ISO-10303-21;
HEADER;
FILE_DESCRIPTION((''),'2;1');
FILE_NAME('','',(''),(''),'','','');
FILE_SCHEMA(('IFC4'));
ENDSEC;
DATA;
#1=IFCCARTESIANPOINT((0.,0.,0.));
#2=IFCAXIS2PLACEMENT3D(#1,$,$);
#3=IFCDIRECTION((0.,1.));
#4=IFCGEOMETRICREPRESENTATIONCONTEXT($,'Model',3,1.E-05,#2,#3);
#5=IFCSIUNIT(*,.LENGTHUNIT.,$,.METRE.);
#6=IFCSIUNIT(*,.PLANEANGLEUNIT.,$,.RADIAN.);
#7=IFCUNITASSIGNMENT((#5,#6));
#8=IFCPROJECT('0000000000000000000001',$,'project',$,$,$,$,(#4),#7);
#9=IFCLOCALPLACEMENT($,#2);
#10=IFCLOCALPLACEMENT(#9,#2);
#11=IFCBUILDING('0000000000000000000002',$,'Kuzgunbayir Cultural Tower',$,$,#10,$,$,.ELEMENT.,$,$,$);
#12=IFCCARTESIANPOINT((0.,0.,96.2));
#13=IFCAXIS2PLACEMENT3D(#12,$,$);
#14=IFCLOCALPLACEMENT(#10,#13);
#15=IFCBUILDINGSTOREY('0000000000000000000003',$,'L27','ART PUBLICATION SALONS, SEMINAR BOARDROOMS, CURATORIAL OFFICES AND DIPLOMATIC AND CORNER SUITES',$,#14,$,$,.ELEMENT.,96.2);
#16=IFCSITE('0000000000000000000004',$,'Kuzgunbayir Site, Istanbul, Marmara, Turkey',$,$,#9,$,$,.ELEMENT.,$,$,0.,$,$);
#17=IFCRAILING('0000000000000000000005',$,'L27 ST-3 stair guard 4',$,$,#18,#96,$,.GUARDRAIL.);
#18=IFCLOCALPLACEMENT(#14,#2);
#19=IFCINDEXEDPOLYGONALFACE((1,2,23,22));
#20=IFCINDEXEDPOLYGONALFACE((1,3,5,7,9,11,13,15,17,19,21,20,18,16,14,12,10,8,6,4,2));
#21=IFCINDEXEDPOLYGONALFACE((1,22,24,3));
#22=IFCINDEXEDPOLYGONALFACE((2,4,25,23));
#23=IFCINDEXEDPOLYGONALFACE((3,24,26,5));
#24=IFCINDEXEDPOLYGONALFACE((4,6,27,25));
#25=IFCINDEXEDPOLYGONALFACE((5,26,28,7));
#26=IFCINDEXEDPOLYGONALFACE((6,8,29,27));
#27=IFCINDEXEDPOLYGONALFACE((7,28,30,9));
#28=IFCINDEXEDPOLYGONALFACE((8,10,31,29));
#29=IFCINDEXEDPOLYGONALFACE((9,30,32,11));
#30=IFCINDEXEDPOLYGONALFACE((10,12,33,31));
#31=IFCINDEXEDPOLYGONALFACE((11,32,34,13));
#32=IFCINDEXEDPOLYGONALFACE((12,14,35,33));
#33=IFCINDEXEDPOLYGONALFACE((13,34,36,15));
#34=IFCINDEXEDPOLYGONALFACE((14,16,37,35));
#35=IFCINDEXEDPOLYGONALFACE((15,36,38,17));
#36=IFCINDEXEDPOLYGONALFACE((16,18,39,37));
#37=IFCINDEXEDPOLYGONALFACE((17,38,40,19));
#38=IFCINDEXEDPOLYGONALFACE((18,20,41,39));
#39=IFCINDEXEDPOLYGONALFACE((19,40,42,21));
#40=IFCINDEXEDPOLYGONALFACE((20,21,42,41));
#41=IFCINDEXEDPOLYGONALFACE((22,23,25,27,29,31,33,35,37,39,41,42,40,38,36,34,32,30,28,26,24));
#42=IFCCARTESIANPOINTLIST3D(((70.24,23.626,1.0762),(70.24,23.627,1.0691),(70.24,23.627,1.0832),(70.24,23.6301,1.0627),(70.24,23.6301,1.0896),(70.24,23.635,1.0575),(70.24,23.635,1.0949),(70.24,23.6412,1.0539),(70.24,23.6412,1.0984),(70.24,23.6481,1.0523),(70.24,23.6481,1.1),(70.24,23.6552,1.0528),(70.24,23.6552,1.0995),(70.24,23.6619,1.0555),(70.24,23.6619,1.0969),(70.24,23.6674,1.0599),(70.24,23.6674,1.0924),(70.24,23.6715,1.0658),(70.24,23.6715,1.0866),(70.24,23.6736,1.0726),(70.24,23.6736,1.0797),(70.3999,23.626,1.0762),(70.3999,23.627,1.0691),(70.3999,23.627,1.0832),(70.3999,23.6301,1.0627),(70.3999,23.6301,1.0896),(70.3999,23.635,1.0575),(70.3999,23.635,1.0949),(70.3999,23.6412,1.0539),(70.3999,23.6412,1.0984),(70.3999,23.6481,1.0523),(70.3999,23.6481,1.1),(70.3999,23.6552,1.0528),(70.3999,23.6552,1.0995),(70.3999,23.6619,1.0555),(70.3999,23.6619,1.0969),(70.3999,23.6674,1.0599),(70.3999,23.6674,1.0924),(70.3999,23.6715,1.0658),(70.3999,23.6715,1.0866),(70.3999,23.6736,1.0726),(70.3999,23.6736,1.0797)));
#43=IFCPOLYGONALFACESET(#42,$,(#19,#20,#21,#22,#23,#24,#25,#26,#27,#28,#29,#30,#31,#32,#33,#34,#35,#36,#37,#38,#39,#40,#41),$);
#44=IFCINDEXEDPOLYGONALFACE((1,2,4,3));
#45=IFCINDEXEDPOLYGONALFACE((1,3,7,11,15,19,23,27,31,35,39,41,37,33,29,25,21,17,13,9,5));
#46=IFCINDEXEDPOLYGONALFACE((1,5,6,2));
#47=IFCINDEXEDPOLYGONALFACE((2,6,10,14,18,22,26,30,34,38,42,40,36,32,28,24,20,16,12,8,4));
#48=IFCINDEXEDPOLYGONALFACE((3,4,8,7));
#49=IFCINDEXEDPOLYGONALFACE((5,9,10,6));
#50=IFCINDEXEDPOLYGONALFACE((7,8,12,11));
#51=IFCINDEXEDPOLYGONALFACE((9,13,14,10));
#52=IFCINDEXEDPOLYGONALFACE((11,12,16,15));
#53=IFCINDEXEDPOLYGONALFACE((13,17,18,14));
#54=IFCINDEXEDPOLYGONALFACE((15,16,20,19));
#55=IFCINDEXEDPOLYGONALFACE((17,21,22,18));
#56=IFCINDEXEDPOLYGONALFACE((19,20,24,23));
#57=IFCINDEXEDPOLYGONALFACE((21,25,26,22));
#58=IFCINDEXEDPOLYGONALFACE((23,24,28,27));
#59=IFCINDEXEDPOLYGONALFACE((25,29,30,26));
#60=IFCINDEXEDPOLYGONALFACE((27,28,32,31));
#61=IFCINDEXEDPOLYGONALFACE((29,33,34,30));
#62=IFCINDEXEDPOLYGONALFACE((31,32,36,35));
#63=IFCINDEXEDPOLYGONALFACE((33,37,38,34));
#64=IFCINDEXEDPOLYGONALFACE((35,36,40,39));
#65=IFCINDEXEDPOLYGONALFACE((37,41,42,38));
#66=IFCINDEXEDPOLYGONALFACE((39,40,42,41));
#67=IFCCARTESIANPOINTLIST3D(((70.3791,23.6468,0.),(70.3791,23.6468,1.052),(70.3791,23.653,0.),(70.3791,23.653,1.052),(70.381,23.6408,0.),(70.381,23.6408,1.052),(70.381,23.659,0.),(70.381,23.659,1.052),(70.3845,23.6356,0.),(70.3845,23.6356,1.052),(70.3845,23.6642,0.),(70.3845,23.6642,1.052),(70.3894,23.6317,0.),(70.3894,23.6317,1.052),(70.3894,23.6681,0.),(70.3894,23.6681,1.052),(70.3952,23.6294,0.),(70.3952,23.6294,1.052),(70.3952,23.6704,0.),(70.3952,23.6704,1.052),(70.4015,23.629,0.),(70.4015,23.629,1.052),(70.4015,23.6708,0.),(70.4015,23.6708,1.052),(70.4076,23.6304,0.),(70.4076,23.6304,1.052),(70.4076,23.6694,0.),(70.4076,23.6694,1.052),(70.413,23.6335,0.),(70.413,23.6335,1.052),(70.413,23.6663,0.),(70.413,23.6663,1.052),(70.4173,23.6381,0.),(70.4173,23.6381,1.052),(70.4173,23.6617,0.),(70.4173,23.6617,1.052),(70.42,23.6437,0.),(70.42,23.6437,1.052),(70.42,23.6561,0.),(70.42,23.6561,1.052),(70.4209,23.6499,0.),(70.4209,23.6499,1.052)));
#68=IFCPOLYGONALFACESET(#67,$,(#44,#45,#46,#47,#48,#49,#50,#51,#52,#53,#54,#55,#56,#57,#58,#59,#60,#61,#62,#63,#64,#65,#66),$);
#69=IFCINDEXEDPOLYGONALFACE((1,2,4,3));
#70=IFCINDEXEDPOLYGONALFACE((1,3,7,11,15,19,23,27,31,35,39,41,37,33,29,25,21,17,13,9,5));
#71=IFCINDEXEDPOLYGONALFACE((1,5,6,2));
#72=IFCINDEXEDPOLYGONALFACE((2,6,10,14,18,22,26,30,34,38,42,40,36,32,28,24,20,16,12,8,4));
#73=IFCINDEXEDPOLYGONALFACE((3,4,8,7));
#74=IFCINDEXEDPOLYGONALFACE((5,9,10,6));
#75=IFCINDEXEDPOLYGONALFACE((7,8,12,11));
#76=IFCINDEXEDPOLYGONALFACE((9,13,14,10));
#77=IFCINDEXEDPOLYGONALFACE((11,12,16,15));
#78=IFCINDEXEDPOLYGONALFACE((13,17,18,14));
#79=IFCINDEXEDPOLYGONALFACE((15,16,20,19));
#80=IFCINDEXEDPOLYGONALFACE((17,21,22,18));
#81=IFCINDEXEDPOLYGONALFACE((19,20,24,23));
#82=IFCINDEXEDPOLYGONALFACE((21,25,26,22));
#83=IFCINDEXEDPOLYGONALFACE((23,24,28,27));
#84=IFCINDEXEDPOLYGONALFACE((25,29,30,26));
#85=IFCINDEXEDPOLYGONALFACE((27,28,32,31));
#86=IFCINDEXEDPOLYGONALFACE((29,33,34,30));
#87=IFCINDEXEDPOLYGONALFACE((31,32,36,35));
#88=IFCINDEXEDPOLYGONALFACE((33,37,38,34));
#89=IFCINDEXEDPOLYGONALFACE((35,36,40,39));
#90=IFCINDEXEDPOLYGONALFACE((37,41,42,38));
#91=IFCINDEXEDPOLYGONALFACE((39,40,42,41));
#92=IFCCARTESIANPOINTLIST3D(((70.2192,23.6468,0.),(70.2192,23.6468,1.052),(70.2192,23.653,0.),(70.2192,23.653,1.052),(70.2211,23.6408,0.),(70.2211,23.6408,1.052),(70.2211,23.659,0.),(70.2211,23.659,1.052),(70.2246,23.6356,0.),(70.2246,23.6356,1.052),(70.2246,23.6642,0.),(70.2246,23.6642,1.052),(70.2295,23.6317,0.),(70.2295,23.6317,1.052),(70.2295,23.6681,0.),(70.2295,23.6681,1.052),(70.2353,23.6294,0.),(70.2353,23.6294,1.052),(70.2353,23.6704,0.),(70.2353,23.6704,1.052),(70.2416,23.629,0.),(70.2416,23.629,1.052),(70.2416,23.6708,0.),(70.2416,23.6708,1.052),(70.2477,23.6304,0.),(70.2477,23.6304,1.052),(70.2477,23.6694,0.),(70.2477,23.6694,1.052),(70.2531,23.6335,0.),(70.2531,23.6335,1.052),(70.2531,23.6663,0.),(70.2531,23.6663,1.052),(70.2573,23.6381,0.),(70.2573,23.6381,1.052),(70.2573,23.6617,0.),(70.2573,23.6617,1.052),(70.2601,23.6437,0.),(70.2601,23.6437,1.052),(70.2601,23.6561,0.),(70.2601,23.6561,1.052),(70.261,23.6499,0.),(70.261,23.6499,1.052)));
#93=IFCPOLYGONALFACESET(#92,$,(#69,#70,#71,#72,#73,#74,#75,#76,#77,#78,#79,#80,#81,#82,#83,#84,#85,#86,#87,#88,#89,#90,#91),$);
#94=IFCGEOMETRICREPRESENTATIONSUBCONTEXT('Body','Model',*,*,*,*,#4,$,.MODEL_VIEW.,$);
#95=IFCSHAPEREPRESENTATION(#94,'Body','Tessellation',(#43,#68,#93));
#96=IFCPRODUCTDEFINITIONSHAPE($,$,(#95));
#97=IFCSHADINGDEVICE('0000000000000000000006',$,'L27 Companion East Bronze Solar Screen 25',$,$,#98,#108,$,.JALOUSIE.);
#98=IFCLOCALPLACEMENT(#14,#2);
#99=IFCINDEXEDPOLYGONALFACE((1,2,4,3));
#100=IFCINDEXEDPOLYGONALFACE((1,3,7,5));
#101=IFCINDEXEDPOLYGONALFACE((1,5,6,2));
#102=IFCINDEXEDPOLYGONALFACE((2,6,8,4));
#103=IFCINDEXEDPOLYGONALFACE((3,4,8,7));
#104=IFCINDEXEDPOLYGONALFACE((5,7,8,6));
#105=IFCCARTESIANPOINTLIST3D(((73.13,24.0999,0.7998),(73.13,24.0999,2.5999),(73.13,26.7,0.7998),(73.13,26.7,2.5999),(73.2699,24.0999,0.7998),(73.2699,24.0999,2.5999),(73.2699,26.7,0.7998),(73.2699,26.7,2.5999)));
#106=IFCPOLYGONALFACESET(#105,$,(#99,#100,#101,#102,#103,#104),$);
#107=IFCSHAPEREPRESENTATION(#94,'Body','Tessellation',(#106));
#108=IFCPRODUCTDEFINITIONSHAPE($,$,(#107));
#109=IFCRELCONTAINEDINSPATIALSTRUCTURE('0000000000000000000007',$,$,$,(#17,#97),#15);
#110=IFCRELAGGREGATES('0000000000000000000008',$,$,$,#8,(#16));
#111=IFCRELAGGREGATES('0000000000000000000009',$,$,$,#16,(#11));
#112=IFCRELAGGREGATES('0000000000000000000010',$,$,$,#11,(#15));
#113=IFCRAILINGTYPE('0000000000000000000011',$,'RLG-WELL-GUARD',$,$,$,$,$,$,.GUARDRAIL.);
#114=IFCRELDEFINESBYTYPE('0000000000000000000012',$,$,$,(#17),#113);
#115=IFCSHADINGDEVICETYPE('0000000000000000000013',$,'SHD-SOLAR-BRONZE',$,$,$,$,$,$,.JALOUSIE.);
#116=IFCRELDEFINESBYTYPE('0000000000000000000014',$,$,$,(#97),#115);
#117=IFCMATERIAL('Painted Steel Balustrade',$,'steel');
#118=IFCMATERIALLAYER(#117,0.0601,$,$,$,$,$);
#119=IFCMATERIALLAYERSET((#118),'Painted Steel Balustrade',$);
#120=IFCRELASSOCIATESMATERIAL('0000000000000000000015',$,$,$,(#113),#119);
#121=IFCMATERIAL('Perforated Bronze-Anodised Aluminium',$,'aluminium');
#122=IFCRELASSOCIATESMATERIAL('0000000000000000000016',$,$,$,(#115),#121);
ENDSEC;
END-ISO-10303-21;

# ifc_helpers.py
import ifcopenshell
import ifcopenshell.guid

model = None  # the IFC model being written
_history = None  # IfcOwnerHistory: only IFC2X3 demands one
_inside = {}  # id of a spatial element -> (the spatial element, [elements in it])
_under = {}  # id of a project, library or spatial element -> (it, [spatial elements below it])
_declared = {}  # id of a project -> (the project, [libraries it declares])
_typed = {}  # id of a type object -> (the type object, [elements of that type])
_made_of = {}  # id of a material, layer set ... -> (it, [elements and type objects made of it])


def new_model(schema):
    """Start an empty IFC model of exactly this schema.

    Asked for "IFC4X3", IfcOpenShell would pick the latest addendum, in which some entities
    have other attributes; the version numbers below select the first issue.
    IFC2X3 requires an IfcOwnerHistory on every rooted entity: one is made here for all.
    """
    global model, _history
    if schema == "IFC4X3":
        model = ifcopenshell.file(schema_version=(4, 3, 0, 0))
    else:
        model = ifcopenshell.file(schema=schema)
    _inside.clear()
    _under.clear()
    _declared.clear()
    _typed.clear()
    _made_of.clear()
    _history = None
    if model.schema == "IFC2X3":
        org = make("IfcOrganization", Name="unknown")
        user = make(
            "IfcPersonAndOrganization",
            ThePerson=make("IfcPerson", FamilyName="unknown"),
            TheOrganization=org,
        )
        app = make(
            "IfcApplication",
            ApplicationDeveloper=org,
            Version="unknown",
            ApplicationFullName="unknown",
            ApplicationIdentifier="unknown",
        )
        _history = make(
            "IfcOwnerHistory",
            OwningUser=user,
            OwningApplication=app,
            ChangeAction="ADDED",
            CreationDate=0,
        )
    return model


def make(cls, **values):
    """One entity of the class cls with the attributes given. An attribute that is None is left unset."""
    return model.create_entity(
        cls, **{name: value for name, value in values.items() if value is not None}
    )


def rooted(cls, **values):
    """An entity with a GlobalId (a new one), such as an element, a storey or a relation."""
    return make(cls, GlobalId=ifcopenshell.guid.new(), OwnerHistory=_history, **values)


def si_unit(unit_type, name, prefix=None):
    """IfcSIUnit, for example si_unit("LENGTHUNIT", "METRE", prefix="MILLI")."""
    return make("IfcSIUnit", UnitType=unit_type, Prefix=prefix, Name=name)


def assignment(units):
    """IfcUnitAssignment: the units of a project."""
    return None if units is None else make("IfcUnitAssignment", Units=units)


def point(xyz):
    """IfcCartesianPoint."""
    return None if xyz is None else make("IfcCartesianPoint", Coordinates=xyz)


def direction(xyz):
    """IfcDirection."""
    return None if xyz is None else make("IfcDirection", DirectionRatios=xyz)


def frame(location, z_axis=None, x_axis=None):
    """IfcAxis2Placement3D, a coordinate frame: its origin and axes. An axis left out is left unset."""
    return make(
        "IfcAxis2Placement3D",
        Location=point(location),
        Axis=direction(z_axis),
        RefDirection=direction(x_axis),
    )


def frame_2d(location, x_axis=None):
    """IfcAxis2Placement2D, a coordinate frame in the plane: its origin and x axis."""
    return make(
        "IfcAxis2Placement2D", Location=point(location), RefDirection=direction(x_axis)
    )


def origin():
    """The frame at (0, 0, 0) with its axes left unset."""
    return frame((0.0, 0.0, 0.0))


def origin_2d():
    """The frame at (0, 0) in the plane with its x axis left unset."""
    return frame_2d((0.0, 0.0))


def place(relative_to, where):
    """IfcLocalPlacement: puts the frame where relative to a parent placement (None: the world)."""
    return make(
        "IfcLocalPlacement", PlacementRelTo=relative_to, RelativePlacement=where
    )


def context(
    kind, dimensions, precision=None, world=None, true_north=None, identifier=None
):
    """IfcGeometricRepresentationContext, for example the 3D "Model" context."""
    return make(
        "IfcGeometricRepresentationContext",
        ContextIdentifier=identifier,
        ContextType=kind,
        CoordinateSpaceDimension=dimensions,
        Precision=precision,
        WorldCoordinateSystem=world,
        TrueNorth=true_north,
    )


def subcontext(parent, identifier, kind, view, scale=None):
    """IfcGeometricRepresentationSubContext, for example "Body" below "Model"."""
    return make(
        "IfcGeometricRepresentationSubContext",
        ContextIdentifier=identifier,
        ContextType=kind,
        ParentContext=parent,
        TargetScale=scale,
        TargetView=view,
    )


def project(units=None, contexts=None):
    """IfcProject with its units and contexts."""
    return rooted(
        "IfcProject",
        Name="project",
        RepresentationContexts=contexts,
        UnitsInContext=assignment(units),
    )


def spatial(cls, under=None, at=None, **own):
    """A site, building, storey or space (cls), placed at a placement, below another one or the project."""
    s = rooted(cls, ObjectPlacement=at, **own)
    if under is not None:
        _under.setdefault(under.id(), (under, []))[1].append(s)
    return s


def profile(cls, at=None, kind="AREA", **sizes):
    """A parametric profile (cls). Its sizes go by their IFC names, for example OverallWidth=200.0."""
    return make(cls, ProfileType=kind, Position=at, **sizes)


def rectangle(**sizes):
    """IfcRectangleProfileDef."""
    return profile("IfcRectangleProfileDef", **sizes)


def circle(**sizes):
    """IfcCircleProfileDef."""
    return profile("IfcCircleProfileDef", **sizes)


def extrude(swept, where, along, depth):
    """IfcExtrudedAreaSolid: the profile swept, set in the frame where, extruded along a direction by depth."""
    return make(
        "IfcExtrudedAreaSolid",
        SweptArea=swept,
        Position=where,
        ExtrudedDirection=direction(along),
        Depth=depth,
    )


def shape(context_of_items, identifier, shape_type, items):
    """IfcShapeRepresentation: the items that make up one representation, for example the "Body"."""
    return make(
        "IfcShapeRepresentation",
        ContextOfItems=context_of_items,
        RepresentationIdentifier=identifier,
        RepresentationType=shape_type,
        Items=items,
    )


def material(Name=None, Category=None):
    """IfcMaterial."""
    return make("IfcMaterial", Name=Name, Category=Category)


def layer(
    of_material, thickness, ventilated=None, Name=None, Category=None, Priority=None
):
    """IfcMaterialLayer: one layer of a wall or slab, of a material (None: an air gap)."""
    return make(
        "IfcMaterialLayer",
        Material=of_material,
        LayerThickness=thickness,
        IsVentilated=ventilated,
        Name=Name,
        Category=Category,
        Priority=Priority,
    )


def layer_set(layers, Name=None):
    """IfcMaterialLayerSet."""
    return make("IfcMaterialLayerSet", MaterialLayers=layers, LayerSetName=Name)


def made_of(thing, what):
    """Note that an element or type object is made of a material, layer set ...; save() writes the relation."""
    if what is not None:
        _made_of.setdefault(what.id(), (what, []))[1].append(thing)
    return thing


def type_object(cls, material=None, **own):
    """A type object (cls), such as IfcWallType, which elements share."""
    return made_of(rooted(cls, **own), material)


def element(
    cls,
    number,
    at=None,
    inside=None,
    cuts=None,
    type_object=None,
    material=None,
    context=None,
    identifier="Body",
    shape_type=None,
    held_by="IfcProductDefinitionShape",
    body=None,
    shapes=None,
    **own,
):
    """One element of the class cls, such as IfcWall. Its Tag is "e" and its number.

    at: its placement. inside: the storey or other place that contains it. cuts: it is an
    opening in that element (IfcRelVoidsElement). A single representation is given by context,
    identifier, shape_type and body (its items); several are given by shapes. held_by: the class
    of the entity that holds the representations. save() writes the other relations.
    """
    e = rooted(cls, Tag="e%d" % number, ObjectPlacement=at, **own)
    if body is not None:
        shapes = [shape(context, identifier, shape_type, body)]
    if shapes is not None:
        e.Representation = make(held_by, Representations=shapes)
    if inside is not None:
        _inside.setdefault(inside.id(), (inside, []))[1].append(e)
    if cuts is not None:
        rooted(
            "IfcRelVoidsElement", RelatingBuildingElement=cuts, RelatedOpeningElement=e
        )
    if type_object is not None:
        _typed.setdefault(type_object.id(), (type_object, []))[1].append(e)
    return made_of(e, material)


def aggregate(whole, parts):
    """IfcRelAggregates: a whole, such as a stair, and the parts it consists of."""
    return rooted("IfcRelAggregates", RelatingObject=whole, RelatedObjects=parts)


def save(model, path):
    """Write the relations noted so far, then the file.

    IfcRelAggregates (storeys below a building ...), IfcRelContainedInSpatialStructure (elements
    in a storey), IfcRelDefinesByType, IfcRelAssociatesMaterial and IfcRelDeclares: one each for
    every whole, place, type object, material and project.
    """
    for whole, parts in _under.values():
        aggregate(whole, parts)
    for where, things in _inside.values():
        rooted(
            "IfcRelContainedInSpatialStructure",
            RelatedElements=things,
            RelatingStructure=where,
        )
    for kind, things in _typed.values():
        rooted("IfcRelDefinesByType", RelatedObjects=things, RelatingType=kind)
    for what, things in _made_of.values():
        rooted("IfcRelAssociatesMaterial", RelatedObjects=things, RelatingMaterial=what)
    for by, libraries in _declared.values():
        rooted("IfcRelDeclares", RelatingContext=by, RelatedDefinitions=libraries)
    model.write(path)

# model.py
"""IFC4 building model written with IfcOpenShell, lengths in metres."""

from ifc_helpers import new_model, si_unit, direction, frame, origin, origin_2d, place, context, subcontext, project, spatial, rectangle, circle, extrude, material, layer, layer_set, type_object, element, save


model = new_model("IFC4")

# Units and contexts
model_context = context("Model", 3, precision=1e-05, world=origin(), true_north=direction((0.0, 1.0)))
body_context = subcontext(model_context, "Body", "Model", "MODEL_VIEW")
ifc_project = project(units=[si_unit("LENGTHUNIT", "METRE"), si_unit("PLANEANGLEUNIT", "RADIAN")], contexts=[model_context])

# Site, building, storey
site_placement = place(None, origin())
site = spatial("IfcSite", under=ifc_project, at=site_placement, Name="Kuzgunbayir Site, Istanbul, Marmara, Turkey", CompositionType="ELEMENT", RefElevation=0.0)
building_placement = place(site_placement, origin())
building = spatial("IfcBuilding", under=site, at=building_placement, Name="Kuzgunbayir Cultural Tower", CompositionType="ELEMENT")
storey_placement = place(building_placement, frame((0.0, 0.0, 96.2)))
storey = spatial("IfcBuildingStorey", under=building, at=storey_placement, Name="L27", Description="ART PUBLICATION SALONS, SEMINAR BOARDROOMS, CURATORIAL OFFICES AND DIPLOMATIC AND CORNER SUITES", CompositionType="ELEMENT", Elevation=96.2)

# Railing
ifc_material_1 = material(Name="Painted Steel Balustrade", Category="steel")
ifc_layer_1 = layer(ifc_material_1, 0.0601)
ifc_layer_set_1 = layer_set([ifc_layer_1], Name="Painted Steel Balustrade")
railing_type_1 = type_object("IfcRailingType", Name="RLG-WELL-GUARD", PredefinedType="GUARDRAIL", material=ifc_layer_set_1)
railing_1_placement = place(storey_placement, frame((70.3999, 23.6499, 0.0)))
element("IfcRailing", 1, at=railing_1_placement, inside=storey, type_object=railing_type_1, Name="L27 ST-3 stair guard 4", PredefinedType="GUARDRAIL", context=body_context, shape_type="SweptSolid", body=[
    extrude(circle(Radius=0.0239, at=origin_2d()), frame((0.0, 0.0, 1.0762), z_axis=(-1.0, 0.0, 0.0), x_axis=(0.0, -1.0, 0.0)), (0.0, 0.0, 1.0), 0.1599),
    extrude(circle(Radius=0.021, at=origin_2d()), origin(), (0.0, 0.0, 1.0), 1.052),
    extrude(circle(Radius=0.021, at=origin_2d()), frame((-0.1599, 0.0, 0.0)), (0.0, 0.0, 1.0), 1.052),
])

# Shading device
ifc_material_2 = material(Name="Perforated Bronze-Anodised Aluminium", Category="aluminium")
shading_device_type = type_object("IfcShadingDeviceType", Name="SHD-SOLAR-BRONZE", PredefinedType="JALOUSIE", material=ifc_material_2)
shading_device_placement = place(storey_placement, frame((73.2, 25.3999, 0.7998), z_axis=(0.0, 0.0, 1.0), x_axis=(1.0, 0.0, 0.0)))
element("IfcShadingDevice", 2, at=shading_device_placement, inside=storey, type_object=shading_device_type, Name="L27 Companion East Bronze Solar Screen 25", PredefinedType="JALOUSIE", context=body_context, shape_type="SweptSolid", body=[
    extrude(rectangle(XDim=0.1399, YDim=2.6001, at=origin_2d()), origin(), (0.0, 0.0, 1.0), 1.8),
])

save(model, "model.ifc")
